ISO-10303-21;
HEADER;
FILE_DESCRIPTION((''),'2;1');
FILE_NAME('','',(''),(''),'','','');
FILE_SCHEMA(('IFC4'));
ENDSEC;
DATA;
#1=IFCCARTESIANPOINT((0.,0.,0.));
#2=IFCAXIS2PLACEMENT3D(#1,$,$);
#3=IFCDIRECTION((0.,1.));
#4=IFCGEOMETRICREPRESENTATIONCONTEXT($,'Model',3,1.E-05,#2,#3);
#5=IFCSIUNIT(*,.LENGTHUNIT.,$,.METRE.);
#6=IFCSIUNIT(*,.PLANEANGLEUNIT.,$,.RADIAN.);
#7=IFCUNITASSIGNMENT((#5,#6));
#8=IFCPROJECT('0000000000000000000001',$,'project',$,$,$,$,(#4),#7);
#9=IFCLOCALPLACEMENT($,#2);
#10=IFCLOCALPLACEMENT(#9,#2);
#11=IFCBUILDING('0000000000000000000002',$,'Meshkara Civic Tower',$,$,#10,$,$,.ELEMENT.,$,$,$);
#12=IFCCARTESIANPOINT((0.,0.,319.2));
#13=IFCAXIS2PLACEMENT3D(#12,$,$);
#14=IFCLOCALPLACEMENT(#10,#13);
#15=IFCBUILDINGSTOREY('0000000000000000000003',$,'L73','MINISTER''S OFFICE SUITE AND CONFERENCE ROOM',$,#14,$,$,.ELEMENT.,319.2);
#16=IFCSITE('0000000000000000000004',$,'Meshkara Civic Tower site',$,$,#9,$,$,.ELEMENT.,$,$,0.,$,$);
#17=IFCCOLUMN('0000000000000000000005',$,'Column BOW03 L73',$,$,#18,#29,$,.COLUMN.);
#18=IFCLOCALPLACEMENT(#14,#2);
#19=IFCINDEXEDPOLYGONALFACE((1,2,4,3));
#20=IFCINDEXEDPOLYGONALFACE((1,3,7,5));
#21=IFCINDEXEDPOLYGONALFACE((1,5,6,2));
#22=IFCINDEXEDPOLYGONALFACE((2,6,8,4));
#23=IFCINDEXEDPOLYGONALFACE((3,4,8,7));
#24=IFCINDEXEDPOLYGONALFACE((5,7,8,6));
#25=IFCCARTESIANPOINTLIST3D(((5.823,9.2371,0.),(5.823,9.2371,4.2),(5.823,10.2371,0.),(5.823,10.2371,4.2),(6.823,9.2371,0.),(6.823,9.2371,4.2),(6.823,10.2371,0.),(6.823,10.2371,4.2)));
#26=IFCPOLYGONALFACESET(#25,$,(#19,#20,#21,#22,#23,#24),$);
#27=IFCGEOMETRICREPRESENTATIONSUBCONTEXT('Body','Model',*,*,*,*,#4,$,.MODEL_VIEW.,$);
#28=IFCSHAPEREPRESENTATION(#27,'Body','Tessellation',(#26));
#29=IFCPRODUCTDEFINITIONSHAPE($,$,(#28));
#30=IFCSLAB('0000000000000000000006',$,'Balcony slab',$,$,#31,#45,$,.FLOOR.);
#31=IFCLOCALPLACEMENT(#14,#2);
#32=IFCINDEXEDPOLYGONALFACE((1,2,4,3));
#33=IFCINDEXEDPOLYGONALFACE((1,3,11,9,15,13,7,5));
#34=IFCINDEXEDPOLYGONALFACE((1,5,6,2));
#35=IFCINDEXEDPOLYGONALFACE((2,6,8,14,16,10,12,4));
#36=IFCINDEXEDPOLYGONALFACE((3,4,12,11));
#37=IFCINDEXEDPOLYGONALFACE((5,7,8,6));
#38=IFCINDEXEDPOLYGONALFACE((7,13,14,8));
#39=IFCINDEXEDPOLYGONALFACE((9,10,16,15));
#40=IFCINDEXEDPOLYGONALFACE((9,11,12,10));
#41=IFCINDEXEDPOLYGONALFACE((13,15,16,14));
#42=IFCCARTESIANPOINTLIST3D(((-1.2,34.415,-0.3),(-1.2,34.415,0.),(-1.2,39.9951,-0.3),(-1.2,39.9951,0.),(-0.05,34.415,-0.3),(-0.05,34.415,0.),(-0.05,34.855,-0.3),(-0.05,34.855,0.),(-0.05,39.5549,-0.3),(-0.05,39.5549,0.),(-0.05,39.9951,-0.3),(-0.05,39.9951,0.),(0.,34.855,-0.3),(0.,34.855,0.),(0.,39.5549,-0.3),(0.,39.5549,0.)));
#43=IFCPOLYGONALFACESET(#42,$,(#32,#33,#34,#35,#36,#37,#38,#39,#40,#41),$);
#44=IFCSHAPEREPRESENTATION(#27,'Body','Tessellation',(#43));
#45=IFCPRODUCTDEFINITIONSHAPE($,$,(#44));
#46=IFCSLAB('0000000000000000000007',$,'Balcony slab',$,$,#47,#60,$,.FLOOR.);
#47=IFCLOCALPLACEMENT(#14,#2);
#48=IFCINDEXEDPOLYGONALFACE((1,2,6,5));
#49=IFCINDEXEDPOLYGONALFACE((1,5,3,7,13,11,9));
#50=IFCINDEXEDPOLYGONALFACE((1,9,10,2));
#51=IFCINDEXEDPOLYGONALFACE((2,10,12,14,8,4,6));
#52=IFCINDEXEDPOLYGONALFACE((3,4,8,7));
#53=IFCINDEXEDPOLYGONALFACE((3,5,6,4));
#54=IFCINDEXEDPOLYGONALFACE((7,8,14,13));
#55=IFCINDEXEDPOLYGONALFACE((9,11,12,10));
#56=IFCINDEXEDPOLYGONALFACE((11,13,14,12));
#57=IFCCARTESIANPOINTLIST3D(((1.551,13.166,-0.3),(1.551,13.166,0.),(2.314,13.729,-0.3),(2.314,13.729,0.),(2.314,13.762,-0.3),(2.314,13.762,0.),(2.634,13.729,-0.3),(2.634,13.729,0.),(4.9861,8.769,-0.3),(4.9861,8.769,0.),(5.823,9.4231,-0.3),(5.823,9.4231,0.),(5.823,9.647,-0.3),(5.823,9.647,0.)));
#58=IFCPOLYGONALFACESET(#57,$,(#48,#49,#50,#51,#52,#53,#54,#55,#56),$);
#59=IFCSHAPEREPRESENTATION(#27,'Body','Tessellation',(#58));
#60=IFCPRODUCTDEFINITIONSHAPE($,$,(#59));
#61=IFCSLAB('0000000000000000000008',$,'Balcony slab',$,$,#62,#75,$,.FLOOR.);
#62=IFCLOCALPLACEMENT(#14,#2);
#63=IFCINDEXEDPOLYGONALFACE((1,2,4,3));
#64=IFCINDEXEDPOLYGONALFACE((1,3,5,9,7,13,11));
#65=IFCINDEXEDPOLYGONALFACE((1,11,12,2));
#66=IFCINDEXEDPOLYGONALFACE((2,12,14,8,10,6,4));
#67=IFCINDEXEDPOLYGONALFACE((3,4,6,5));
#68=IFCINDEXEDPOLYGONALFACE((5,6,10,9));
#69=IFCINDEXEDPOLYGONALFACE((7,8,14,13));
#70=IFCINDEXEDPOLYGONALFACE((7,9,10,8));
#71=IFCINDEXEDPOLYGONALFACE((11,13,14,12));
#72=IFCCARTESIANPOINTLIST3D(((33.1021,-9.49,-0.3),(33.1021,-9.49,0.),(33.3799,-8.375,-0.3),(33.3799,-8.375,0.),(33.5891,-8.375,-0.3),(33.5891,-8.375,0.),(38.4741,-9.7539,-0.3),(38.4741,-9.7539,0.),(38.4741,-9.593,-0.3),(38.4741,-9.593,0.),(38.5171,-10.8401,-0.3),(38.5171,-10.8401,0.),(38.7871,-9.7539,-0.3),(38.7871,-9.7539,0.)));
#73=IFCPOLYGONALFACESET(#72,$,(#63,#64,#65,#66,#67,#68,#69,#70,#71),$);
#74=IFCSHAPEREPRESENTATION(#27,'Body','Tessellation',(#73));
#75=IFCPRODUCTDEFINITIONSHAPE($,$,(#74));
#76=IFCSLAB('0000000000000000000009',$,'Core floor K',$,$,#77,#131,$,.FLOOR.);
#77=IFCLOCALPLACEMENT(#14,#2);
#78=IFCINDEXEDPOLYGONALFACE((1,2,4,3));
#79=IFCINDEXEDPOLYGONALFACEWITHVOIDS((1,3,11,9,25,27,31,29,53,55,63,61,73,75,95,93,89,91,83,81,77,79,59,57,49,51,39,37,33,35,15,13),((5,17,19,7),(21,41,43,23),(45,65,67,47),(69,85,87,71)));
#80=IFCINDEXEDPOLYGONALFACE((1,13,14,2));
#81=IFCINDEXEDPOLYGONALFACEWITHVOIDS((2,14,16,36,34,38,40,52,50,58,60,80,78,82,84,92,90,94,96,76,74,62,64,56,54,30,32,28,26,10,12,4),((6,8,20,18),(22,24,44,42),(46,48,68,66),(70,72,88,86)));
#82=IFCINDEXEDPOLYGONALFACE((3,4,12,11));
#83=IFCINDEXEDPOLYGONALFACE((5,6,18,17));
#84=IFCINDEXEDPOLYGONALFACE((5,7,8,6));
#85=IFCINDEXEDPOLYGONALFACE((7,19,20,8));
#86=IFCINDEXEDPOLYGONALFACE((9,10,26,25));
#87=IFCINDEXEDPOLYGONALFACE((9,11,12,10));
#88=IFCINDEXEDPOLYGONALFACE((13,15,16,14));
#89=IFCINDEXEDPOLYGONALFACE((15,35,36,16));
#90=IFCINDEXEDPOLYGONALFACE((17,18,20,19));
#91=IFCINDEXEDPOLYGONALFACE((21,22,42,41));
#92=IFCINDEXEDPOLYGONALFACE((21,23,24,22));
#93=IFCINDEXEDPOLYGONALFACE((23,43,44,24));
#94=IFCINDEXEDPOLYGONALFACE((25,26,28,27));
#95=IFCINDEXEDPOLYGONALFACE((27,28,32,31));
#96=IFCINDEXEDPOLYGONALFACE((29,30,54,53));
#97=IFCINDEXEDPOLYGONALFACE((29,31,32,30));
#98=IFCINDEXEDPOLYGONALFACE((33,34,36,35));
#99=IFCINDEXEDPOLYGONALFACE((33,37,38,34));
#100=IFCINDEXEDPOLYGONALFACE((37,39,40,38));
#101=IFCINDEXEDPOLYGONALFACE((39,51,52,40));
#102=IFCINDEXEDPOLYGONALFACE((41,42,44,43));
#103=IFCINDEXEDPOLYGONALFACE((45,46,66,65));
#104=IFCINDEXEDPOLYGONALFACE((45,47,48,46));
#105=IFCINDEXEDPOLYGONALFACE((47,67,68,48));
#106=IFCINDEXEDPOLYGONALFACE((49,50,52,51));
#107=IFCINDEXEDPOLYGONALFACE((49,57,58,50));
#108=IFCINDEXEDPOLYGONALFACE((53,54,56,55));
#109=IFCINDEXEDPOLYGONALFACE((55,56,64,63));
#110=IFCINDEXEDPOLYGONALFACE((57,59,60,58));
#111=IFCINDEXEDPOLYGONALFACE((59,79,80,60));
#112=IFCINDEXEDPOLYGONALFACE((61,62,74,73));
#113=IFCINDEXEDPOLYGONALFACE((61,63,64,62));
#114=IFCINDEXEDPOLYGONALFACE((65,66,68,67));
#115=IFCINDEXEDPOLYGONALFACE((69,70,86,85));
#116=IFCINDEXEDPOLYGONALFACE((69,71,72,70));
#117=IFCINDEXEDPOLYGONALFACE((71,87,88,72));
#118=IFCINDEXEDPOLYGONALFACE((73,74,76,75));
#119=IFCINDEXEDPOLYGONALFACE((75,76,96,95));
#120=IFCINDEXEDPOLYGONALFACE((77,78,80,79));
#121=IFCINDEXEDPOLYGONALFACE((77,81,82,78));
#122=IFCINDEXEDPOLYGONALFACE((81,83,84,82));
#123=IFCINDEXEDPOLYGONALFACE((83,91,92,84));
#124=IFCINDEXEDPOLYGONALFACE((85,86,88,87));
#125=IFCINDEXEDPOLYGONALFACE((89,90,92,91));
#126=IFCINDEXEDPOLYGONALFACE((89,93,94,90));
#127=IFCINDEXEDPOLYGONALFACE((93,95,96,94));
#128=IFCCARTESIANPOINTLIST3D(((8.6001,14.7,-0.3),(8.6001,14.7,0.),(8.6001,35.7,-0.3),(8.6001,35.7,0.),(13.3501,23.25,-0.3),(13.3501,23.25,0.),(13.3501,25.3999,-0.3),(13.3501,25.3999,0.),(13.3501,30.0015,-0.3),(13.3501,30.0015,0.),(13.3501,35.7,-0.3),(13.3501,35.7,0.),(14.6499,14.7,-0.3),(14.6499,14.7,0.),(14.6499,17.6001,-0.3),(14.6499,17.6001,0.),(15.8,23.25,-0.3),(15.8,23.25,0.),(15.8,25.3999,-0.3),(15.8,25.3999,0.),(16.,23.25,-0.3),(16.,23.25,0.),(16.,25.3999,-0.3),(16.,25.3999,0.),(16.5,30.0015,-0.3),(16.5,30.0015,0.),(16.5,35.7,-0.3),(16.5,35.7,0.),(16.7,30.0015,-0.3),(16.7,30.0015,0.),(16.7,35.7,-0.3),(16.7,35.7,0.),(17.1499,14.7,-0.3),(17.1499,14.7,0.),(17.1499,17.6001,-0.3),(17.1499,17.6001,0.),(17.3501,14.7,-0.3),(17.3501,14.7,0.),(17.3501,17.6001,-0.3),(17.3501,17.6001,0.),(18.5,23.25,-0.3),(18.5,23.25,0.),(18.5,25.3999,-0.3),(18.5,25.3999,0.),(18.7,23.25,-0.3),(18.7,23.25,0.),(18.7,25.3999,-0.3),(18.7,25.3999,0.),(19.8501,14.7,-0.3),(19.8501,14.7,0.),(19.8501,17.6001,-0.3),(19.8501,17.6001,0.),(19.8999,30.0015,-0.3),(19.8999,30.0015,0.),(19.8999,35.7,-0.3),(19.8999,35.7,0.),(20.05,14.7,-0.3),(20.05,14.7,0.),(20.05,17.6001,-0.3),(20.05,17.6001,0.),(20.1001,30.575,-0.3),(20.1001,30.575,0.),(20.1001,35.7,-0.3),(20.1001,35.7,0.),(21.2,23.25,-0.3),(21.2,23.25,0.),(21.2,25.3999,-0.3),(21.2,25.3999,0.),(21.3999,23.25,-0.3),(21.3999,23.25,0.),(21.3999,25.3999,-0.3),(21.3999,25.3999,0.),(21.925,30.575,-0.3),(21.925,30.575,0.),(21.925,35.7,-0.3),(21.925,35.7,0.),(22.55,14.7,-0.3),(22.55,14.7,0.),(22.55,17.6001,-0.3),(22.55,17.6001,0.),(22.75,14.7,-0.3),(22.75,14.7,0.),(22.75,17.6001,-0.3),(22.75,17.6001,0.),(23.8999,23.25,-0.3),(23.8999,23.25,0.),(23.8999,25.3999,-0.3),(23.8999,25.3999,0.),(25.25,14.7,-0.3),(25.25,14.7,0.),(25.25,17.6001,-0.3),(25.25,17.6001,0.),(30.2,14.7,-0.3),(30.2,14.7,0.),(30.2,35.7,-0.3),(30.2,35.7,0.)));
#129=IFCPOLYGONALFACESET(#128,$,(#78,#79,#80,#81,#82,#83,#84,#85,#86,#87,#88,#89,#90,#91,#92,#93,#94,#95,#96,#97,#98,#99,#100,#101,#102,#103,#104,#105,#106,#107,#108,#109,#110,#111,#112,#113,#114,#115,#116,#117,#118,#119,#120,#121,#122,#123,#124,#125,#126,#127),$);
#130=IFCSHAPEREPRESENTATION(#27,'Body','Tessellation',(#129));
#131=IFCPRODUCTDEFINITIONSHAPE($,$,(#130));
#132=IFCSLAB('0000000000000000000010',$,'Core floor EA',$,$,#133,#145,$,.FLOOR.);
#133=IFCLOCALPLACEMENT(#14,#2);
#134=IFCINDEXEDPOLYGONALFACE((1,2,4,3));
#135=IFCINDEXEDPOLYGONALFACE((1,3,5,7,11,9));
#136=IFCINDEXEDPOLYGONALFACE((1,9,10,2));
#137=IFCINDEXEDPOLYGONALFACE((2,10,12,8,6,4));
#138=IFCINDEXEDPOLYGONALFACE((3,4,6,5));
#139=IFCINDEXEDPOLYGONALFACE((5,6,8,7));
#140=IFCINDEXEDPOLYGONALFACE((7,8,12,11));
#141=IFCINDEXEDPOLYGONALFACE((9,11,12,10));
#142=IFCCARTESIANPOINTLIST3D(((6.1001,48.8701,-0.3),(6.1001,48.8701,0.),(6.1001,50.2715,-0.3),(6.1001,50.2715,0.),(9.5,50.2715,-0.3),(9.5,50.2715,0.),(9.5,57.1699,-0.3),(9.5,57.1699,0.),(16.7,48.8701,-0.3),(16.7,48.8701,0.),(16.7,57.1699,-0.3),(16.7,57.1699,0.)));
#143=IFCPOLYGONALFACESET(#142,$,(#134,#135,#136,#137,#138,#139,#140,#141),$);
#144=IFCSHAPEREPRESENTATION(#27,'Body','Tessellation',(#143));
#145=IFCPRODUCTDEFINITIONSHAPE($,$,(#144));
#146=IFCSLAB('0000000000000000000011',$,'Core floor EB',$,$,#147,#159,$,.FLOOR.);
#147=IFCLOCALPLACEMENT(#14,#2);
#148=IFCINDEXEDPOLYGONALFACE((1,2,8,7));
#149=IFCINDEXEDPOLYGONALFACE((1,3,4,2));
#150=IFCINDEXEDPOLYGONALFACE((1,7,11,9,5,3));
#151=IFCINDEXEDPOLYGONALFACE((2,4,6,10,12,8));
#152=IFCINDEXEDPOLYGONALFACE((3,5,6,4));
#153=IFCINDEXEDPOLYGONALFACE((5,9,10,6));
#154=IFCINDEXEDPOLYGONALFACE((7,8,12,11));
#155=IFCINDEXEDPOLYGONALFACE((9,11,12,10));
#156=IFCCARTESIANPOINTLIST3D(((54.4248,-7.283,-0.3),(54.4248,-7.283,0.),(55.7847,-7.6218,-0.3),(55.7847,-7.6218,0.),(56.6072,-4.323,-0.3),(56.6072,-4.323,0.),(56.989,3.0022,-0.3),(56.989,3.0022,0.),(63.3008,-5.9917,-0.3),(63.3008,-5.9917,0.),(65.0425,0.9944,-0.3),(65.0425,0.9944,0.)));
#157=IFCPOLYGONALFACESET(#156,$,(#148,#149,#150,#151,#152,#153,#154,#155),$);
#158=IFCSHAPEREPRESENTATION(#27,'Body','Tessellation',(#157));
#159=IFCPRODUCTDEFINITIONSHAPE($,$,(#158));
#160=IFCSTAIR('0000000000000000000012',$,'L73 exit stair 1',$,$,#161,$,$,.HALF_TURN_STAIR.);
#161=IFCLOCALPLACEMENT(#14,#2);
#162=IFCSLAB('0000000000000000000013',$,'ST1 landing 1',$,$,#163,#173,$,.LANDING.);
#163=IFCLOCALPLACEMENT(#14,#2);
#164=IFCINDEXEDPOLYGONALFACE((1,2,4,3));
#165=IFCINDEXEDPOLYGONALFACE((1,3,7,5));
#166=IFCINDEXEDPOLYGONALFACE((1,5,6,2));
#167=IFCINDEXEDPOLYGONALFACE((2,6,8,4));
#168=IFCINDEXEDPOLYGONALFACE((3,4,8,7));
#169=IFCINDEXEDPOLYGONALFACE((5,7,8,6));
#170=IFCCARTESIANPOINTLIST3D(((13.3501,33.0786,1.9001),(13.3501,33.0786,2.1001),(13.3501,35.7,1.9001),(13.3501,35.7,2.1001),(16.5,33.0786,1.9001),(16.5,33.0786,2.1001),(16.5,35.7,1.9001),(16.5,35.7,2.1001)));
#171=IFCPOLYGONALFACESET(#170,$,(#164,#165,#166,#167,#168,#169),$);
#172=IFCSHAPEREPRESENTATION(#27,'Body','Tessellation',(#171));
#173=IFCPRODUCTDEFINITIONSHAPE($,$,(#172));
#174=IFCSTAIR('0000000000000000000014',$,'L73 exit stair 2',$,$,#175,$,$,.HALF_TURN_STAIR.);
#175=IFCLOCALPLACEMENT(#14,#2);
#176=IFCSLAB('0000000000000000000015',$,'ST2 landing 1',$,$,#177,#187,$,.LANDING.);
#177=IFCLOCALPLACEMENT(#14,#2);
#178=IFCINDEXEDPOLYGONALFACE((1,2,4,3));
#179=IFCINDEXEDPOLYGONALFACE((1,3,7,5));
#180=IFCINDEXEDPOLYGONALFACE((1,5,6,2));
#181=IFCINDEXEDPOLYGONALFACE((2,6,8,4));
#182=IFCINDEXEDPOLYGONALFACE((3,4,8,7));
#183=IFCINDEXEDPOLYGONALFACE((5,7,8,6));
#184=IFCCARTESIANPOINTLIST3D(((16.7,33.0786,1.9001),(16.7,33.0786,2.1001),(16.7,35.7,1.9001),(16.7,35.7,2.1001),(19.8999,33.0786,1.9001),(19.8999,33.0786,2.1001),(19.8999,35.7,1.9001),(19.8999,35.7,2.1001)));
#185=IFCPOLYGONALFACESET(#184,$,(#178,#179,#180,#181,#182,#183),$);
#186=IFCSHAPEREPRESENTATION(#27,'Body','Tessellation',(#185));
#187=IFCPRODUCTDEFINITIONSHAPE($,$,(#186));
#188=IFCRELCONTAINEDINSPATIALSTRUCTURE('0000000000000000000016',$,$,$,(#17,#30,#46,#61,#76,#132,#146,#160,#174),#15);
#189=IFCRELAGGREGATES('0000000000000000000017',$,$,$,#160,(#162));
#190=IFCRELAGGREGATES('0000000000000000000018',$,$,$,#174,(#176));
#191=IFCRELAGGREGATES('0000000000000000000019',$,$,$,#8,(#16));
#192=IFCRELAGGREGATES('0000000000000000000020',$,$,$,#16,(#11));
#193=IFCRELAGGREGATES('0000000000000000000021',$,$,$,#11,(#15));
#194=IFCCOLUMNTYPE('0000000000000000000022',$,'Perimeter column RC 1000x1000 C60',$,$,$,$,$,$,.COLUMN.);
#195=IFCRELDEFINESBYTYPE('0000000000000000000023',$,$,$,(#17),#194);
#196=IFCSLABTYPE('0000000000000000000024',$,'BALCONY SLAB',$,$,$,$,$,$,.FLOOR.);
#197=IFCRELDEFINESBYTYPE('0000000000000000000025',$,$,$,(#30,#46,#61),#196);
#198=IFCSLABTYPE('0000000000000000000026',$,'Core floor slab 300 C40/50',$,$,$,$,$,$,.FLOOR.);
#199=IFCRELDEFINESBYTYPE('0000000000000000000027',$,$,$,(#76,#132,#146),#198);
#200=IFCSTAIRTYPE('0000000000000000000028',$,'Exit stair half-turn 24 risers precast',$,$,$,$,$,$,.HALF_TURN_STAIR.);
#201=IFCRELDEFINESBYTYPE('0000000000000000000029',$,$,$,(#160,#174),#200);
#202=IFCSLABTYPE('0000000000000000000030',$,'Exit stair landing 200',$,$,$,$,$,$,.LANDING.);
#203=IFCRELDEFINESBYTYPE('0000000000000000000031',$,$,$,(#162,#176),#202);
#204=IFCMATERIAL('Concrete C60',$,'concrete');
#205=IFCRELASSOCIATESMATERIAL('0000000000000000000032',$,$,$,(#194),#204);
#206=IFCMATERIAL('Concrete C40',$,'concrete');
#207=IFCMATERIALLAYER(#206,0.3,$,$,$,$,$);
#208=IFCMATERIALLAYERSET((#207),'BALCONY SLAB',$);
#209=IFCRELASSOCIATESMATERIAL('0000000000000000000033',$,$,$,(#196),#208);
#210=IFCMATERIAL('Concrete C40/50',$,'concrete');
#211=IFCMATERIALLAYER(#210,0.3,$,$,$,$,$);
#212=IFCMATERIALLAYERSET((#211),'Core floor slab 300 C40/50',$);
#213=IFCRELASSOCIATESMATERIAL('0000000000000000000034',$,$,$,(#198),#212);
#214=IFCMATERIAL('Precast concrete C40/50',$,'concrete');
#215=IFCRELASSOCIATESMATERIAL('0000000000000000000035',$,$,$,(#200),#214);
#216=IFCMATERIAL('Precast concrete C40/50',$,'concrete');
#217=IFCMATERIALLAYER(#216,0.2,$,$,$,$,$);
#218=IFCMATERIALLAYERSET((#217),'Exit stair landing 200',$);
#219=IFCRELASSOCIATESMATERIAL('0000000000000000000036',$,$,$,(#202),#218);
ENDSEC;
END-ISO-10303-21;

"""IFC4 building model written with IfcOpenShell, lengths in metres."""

from ifc_helpers import new_model, si_unit, direction, frame, origin, origin_2d, place, context, subcontext, project, spatial, polyline, rectangle, outline, extrude, material, layer, layer_set, material_profile, profile_set, type_object, element, aggregate, save


model = new_model("IFC4")

# Units and contexts
model_context = context("Model", 3, precision=1e-05, world=origin(), true_north=direction((0.0, 1.0)))
body_context = subcontext(model_context, "Body", "Model", "MODEL_VIEW")
ifc_project = project(units=[si_unit("LENGTHUNIT", "METRE"), si_unit("PLANEANGLEUNIT", "RADIAN")], contexts=[model_context])

# Site, building, storey
site_placement = place(None, origin())
site = spatial("IfcSite", under=ifc_project, at=site_placement, Name="Meshkara Civic Tower site", CompositionType="ELEMENT", RefElevation=0.0)
building_placement = place(site_placement, origin())
building = spatial("IfcBuilding", under=site, at=building_placement, Name="Meshkara Civic Tower", CompositionType="ELEMENT")
storey_placement = place(building_placement, frame((0.0, 0.0, 319.2)))
storey = spatial("IfcBuildingStorey", under=building, at=storey_placement, Name="L73", Description="MINISTER'S OFFICE SUITE AND CONFERENCE ROOM", CompositionType="ELEMENT", Elevation=319.2)

# Column
ifc_material_1 = material(Name="Concrete C60", Category="concrete")
ifc_material_profile = material_profile(ifc_material_1, rectangle(XDim=1.0, YDim=1.0, at=origin_2d()))
ifc_profile_set = profile_set([ifc_material_profile], Name="Concrete C60")
column_type = type_object("IfcColumnType", Name="Perimeter column RC 1000x1000 C60", PredefinedType="COLUMN", material=ifc_profile_set)
column_placement = place(storey_placement, frame((6.323, 9.7371, 0.0), z_axis=(0.0, 0.0, 1.0), x_axis=(1.0, 0.0, 0.0)))
element("IfcColumn", 1, at=column_placement, inside=storey, type_object=column_type, Name="Column BOW03 L73", PredefinedType="COLUMN", context=body_context, shape_type="SweptSolid", body=[
    extrude(rectangle(XDim=1.0, YDim=1.0, at=origin_2d()), origin(), (0.0, 0.0, 1.0), 4.2),
])

# Slabs
ifc_material_2 = material(Name="Concrete C40", Category="concrete")
ifc_layer_1 = layer(ifc_material_2, 0.3)
ifc_layer_set_1 = layer_set([ifc_layer_1], Name="BALCONY SLAB")
slab_type_1 = type_object("IfcSlabType", Name="BALCONY SLAB", PredefinedType="FLOOR", material=ifc_layer_set_1)
slab_1_placement = place(storey_placement, frame((0.0, 0.0, -0.3)))
element("IfcSlab", 2, at=slab_1_placement, inside=storey, type_object=slab_type_1, Name="Balcony slab", PredefinedType="FLOOR", context=body_context, shape_type="SweptSolid", body=[
    extrude(outline(polyline([(-1.2, 34.415), (-1.2, 39.9951), (-0.05, 39.9951), (-0.05, 39.5549), (0.0, 39.5549), (0.0, 34.855), (-0.05, 34.855), (-0.05, 34.415), (-1.2, 34.415)])), origin(), (0.0, 0.0, 1.0), 0.3),
])
slab_2_placement = place(storey_placement, frame((0.0, 0.0, -0.3)))
element("IfcSlab", 3, at=slab_2_placement, inside=storey, type_object=slab_type_1, Name="Balcony slab", PredefinedType="FLOOR", context=body_context, shape_type="SweptSolid", body=[
    extrude(outline(polyline([(4.9861, 8.769), (1.551, 13.166), (2.314, 13.762), (2.314, 13.729), (2.634, 13.729), (5.823, 9.647), (5.823, 9.4231), (4.9861, 8.769)])), origin(), (0.0, 0.0, 1.0), 0.3),
])
slab_3_placement = place(storey_placement, frame((0.0, 0.0, -0.3)))
element("IfcSlab", 4, at=slab_3_placement, inside=storey, type_object=slab_type_1, Name="Balcony slab", PredefinedType="FLOOR", context=body_context, shape_type="SweptSolid", body=[
    extrude(outline(polyline([(38.5171, -10.8401), (33.1021, -9.49), (33.3799, -8.375), (33.5891, -8.375), (38.4741, -9.593), (38.4741, -9.7539), (38.7871, -9.7539), (38.5171, -10.8401)])), origin(), (0.0, 0.0, 1.0), 0.3),
])
ifc_material_3 = material(Name="Concrete C40/50", Category="concrete")
ifc_layer_2 = layer(ifc_material_3, 0.3)
ifc_layer_set_2 = layer_set([ifc_layer_2], Name="Core floor slab 300 C40/50")
slab_type_2 = type_object("IfcSlabType", Name="Core floor slab 300 C40/50", PredefinedType="FLOOR", material=ifc_layer_set_2)
slab_4_placement = place(storey_placement, frame((0.0, 0.0, -0.3)))
element("IfcSlab", 5, at=slab_4_placement, inside=storey, type_object=slab_type_2, Name="Core floor K", PredefinedType="FLOOR", context=body_context, shape_type="SweptSolid", body=[
    extrude(outline(polyline([(8.6001, 35.7), (13.3501, 35.7), (13.3501, 30.0015), (16.5, 30.0015), (16.5, 35.7), (16.7, 35.7), (16.7, 30.0015), (19.8999, 30.0015), (19.8999, 35.7), (20.1001, 35.7), (20.1001, 30.575), (21.925, 30.575), (21.925, 35.7), (30.2, 35.7), (30.2, 14.7), (25.25, 14.7), (25.25, 17.6001), (22.75, 17.6001), (22.75, 14.7), (22.55, 14.7), (22.55, 17.6001), (20.05, 17.6001), (20.05, 14.7), (19.8501, 14.7), (19.8501, 17.6001), (17.3501, 17.6001), (17.3501, 14.7), (17.1499, 14.7), (17.1499, 17.6001), (14.6499, 17.6001), (14.6499, 14.7), (8.6001, 14.7), (8.6001, 35.7)]), holes=[polyline([(13.3501, 23.25), (15.8, 23.25), (15.8, 25.3999), (13.3501, 25.3999), (13.3501, 23.25)]), polyline([(18.5, 23.25), (18.5, 25.3999), (16.0, 25.3999), (16.0, 23.25), (18.5, 23.25)]), polyline([(18.7, 23.25), (21.2, 23.25), (21.2, 25.3999), (18.7, 25.3999), (18.7, 23.25)]), polyline([(21.3999, 23.25), (23.8999, 23.25), (23.8999, 25.3999), (21.3999, 25.3999), (21.3999, 23.25)])]), origin(), (0.0, 0.0, 1.0), 0.3),
])
slab_5_placement = place(storey_placement, frame((0.0, 0.0, -0.3)))
element("IfcSlab", 6, at=slab_5_placement, inside=storey, type_object=slab_type_2, Name="Core floor EA", PredefinedType="FLOOR", context=body_context, shape_type="SweptSolid", body=[
    extrude(outline(polyline([(16.7, 48.8701), (16.7, 57.1699), (9.5, 57.1699), (9.5, 50.2715), (6.1001, 50.2715), (6.1001, 48.8701), (16.7, 48.8701)])), origin(), (0.0, 0.0, 1.0), 0.3),
])
slab_6_placement = place(storey_placement, frame((0.0, 0.0, -0.3)))
element("IfcSlab", 7, at=slab_6_placement, inside=storey, type_object=slab_type_2, Name="Core floor EB", PredefinedType="FLOOR", context=body_context, shape_type="SweptSolid", body=[
    extrude(outline(polyline([(56.989, 3.0022), (65.0425, 0.9944), (63.3008, -5.9917), (56.6072, -4.323), (55.7847, -7.6218), (54.4248, -7.283), (56.989, 3.0022)])), origin(), (0.0, 0.0, 1.0), 0.3),
])

# Stairs, slabs
ifc_material_4 = material(Name="Precast concrete C40/50", Category="concrete")
stair_type = type_object("IfcStairType", Name="Exit stair half-turn 24 risers precast", PredefinedType="HALF_TURN_STAIR", material=ifc_material_4)
stair_1_placement = place(storey_placement, origin())
stair_1 = element("IfcStair", 8, at=stair_1_placement, inside=storey, type_object=stair_type, Name="L73 exit stair 1", PredefinedType="HALF_TURN_STAIR")
ifc_material_5 = material(Name="Precast concrete C40/50", Category="concrete")
ifc_layer_3 = layer(ifc_material_5, 0.2)
ifc_layer_set_3 = layer_set([ifc_layer_3], Name="Exit stair landing 200")
slab_type_3 = type_object("IfcSlabType", Name="Exit stair landing 200", PredefinedType="LANDING", material=ifc_layer_set_3)
slab_7_placement = place(storey_placement, frame((0.0, 0.0, 1.9001)))
slab_7 = element("IfcSlab", 9, at=slab_7_placement, type_object=slab_type_3, Name="ST1 landing 1", PredefinedType="LANDING", context=body_context, shape_type="SweptSolid", body=[
    extrude(outline(polyline([(16.5, 33.0786), (16.5, 35.7), (13.3501, 35.7), (13.3501, 33.0786), (16.5, 33.0786)])), origin(), (0.0, 0.0, 1.0), 0.2),
])
aggregate(stair_1, [slab_7])
stair_2_placement = place(storey_placement, origin())
stair_2 = element("IfcStair", 10, at=stair_2_placement, inside=storey, type_object=stair_type, Name="L73 exit stair 2", PredefinedType="HALF_TURN_STAIR")
slab_8_placement = place(storey_placement, frame((0.0, 0.0, 1.9001)))
slab_8 = element("IfcSlab", 11, at=slab_8_placement, type_object=slab_type_3, Name="ST2 landing 1", PredefinedType="LANDING", context=body_context, shape_type="SweptSolid", body=[
    extrude(outline(polyline([(19.8999, 33.0786), (19.8999, 35.7), (16.7, 35.7), (16.7, 33.0786), (19.8999, 33.0786)])), origin(), (0.0, 0.0, 1.0), 0.2),
])
aggregate(stair_2, [slab_8])

save(model, "model.ifc")
